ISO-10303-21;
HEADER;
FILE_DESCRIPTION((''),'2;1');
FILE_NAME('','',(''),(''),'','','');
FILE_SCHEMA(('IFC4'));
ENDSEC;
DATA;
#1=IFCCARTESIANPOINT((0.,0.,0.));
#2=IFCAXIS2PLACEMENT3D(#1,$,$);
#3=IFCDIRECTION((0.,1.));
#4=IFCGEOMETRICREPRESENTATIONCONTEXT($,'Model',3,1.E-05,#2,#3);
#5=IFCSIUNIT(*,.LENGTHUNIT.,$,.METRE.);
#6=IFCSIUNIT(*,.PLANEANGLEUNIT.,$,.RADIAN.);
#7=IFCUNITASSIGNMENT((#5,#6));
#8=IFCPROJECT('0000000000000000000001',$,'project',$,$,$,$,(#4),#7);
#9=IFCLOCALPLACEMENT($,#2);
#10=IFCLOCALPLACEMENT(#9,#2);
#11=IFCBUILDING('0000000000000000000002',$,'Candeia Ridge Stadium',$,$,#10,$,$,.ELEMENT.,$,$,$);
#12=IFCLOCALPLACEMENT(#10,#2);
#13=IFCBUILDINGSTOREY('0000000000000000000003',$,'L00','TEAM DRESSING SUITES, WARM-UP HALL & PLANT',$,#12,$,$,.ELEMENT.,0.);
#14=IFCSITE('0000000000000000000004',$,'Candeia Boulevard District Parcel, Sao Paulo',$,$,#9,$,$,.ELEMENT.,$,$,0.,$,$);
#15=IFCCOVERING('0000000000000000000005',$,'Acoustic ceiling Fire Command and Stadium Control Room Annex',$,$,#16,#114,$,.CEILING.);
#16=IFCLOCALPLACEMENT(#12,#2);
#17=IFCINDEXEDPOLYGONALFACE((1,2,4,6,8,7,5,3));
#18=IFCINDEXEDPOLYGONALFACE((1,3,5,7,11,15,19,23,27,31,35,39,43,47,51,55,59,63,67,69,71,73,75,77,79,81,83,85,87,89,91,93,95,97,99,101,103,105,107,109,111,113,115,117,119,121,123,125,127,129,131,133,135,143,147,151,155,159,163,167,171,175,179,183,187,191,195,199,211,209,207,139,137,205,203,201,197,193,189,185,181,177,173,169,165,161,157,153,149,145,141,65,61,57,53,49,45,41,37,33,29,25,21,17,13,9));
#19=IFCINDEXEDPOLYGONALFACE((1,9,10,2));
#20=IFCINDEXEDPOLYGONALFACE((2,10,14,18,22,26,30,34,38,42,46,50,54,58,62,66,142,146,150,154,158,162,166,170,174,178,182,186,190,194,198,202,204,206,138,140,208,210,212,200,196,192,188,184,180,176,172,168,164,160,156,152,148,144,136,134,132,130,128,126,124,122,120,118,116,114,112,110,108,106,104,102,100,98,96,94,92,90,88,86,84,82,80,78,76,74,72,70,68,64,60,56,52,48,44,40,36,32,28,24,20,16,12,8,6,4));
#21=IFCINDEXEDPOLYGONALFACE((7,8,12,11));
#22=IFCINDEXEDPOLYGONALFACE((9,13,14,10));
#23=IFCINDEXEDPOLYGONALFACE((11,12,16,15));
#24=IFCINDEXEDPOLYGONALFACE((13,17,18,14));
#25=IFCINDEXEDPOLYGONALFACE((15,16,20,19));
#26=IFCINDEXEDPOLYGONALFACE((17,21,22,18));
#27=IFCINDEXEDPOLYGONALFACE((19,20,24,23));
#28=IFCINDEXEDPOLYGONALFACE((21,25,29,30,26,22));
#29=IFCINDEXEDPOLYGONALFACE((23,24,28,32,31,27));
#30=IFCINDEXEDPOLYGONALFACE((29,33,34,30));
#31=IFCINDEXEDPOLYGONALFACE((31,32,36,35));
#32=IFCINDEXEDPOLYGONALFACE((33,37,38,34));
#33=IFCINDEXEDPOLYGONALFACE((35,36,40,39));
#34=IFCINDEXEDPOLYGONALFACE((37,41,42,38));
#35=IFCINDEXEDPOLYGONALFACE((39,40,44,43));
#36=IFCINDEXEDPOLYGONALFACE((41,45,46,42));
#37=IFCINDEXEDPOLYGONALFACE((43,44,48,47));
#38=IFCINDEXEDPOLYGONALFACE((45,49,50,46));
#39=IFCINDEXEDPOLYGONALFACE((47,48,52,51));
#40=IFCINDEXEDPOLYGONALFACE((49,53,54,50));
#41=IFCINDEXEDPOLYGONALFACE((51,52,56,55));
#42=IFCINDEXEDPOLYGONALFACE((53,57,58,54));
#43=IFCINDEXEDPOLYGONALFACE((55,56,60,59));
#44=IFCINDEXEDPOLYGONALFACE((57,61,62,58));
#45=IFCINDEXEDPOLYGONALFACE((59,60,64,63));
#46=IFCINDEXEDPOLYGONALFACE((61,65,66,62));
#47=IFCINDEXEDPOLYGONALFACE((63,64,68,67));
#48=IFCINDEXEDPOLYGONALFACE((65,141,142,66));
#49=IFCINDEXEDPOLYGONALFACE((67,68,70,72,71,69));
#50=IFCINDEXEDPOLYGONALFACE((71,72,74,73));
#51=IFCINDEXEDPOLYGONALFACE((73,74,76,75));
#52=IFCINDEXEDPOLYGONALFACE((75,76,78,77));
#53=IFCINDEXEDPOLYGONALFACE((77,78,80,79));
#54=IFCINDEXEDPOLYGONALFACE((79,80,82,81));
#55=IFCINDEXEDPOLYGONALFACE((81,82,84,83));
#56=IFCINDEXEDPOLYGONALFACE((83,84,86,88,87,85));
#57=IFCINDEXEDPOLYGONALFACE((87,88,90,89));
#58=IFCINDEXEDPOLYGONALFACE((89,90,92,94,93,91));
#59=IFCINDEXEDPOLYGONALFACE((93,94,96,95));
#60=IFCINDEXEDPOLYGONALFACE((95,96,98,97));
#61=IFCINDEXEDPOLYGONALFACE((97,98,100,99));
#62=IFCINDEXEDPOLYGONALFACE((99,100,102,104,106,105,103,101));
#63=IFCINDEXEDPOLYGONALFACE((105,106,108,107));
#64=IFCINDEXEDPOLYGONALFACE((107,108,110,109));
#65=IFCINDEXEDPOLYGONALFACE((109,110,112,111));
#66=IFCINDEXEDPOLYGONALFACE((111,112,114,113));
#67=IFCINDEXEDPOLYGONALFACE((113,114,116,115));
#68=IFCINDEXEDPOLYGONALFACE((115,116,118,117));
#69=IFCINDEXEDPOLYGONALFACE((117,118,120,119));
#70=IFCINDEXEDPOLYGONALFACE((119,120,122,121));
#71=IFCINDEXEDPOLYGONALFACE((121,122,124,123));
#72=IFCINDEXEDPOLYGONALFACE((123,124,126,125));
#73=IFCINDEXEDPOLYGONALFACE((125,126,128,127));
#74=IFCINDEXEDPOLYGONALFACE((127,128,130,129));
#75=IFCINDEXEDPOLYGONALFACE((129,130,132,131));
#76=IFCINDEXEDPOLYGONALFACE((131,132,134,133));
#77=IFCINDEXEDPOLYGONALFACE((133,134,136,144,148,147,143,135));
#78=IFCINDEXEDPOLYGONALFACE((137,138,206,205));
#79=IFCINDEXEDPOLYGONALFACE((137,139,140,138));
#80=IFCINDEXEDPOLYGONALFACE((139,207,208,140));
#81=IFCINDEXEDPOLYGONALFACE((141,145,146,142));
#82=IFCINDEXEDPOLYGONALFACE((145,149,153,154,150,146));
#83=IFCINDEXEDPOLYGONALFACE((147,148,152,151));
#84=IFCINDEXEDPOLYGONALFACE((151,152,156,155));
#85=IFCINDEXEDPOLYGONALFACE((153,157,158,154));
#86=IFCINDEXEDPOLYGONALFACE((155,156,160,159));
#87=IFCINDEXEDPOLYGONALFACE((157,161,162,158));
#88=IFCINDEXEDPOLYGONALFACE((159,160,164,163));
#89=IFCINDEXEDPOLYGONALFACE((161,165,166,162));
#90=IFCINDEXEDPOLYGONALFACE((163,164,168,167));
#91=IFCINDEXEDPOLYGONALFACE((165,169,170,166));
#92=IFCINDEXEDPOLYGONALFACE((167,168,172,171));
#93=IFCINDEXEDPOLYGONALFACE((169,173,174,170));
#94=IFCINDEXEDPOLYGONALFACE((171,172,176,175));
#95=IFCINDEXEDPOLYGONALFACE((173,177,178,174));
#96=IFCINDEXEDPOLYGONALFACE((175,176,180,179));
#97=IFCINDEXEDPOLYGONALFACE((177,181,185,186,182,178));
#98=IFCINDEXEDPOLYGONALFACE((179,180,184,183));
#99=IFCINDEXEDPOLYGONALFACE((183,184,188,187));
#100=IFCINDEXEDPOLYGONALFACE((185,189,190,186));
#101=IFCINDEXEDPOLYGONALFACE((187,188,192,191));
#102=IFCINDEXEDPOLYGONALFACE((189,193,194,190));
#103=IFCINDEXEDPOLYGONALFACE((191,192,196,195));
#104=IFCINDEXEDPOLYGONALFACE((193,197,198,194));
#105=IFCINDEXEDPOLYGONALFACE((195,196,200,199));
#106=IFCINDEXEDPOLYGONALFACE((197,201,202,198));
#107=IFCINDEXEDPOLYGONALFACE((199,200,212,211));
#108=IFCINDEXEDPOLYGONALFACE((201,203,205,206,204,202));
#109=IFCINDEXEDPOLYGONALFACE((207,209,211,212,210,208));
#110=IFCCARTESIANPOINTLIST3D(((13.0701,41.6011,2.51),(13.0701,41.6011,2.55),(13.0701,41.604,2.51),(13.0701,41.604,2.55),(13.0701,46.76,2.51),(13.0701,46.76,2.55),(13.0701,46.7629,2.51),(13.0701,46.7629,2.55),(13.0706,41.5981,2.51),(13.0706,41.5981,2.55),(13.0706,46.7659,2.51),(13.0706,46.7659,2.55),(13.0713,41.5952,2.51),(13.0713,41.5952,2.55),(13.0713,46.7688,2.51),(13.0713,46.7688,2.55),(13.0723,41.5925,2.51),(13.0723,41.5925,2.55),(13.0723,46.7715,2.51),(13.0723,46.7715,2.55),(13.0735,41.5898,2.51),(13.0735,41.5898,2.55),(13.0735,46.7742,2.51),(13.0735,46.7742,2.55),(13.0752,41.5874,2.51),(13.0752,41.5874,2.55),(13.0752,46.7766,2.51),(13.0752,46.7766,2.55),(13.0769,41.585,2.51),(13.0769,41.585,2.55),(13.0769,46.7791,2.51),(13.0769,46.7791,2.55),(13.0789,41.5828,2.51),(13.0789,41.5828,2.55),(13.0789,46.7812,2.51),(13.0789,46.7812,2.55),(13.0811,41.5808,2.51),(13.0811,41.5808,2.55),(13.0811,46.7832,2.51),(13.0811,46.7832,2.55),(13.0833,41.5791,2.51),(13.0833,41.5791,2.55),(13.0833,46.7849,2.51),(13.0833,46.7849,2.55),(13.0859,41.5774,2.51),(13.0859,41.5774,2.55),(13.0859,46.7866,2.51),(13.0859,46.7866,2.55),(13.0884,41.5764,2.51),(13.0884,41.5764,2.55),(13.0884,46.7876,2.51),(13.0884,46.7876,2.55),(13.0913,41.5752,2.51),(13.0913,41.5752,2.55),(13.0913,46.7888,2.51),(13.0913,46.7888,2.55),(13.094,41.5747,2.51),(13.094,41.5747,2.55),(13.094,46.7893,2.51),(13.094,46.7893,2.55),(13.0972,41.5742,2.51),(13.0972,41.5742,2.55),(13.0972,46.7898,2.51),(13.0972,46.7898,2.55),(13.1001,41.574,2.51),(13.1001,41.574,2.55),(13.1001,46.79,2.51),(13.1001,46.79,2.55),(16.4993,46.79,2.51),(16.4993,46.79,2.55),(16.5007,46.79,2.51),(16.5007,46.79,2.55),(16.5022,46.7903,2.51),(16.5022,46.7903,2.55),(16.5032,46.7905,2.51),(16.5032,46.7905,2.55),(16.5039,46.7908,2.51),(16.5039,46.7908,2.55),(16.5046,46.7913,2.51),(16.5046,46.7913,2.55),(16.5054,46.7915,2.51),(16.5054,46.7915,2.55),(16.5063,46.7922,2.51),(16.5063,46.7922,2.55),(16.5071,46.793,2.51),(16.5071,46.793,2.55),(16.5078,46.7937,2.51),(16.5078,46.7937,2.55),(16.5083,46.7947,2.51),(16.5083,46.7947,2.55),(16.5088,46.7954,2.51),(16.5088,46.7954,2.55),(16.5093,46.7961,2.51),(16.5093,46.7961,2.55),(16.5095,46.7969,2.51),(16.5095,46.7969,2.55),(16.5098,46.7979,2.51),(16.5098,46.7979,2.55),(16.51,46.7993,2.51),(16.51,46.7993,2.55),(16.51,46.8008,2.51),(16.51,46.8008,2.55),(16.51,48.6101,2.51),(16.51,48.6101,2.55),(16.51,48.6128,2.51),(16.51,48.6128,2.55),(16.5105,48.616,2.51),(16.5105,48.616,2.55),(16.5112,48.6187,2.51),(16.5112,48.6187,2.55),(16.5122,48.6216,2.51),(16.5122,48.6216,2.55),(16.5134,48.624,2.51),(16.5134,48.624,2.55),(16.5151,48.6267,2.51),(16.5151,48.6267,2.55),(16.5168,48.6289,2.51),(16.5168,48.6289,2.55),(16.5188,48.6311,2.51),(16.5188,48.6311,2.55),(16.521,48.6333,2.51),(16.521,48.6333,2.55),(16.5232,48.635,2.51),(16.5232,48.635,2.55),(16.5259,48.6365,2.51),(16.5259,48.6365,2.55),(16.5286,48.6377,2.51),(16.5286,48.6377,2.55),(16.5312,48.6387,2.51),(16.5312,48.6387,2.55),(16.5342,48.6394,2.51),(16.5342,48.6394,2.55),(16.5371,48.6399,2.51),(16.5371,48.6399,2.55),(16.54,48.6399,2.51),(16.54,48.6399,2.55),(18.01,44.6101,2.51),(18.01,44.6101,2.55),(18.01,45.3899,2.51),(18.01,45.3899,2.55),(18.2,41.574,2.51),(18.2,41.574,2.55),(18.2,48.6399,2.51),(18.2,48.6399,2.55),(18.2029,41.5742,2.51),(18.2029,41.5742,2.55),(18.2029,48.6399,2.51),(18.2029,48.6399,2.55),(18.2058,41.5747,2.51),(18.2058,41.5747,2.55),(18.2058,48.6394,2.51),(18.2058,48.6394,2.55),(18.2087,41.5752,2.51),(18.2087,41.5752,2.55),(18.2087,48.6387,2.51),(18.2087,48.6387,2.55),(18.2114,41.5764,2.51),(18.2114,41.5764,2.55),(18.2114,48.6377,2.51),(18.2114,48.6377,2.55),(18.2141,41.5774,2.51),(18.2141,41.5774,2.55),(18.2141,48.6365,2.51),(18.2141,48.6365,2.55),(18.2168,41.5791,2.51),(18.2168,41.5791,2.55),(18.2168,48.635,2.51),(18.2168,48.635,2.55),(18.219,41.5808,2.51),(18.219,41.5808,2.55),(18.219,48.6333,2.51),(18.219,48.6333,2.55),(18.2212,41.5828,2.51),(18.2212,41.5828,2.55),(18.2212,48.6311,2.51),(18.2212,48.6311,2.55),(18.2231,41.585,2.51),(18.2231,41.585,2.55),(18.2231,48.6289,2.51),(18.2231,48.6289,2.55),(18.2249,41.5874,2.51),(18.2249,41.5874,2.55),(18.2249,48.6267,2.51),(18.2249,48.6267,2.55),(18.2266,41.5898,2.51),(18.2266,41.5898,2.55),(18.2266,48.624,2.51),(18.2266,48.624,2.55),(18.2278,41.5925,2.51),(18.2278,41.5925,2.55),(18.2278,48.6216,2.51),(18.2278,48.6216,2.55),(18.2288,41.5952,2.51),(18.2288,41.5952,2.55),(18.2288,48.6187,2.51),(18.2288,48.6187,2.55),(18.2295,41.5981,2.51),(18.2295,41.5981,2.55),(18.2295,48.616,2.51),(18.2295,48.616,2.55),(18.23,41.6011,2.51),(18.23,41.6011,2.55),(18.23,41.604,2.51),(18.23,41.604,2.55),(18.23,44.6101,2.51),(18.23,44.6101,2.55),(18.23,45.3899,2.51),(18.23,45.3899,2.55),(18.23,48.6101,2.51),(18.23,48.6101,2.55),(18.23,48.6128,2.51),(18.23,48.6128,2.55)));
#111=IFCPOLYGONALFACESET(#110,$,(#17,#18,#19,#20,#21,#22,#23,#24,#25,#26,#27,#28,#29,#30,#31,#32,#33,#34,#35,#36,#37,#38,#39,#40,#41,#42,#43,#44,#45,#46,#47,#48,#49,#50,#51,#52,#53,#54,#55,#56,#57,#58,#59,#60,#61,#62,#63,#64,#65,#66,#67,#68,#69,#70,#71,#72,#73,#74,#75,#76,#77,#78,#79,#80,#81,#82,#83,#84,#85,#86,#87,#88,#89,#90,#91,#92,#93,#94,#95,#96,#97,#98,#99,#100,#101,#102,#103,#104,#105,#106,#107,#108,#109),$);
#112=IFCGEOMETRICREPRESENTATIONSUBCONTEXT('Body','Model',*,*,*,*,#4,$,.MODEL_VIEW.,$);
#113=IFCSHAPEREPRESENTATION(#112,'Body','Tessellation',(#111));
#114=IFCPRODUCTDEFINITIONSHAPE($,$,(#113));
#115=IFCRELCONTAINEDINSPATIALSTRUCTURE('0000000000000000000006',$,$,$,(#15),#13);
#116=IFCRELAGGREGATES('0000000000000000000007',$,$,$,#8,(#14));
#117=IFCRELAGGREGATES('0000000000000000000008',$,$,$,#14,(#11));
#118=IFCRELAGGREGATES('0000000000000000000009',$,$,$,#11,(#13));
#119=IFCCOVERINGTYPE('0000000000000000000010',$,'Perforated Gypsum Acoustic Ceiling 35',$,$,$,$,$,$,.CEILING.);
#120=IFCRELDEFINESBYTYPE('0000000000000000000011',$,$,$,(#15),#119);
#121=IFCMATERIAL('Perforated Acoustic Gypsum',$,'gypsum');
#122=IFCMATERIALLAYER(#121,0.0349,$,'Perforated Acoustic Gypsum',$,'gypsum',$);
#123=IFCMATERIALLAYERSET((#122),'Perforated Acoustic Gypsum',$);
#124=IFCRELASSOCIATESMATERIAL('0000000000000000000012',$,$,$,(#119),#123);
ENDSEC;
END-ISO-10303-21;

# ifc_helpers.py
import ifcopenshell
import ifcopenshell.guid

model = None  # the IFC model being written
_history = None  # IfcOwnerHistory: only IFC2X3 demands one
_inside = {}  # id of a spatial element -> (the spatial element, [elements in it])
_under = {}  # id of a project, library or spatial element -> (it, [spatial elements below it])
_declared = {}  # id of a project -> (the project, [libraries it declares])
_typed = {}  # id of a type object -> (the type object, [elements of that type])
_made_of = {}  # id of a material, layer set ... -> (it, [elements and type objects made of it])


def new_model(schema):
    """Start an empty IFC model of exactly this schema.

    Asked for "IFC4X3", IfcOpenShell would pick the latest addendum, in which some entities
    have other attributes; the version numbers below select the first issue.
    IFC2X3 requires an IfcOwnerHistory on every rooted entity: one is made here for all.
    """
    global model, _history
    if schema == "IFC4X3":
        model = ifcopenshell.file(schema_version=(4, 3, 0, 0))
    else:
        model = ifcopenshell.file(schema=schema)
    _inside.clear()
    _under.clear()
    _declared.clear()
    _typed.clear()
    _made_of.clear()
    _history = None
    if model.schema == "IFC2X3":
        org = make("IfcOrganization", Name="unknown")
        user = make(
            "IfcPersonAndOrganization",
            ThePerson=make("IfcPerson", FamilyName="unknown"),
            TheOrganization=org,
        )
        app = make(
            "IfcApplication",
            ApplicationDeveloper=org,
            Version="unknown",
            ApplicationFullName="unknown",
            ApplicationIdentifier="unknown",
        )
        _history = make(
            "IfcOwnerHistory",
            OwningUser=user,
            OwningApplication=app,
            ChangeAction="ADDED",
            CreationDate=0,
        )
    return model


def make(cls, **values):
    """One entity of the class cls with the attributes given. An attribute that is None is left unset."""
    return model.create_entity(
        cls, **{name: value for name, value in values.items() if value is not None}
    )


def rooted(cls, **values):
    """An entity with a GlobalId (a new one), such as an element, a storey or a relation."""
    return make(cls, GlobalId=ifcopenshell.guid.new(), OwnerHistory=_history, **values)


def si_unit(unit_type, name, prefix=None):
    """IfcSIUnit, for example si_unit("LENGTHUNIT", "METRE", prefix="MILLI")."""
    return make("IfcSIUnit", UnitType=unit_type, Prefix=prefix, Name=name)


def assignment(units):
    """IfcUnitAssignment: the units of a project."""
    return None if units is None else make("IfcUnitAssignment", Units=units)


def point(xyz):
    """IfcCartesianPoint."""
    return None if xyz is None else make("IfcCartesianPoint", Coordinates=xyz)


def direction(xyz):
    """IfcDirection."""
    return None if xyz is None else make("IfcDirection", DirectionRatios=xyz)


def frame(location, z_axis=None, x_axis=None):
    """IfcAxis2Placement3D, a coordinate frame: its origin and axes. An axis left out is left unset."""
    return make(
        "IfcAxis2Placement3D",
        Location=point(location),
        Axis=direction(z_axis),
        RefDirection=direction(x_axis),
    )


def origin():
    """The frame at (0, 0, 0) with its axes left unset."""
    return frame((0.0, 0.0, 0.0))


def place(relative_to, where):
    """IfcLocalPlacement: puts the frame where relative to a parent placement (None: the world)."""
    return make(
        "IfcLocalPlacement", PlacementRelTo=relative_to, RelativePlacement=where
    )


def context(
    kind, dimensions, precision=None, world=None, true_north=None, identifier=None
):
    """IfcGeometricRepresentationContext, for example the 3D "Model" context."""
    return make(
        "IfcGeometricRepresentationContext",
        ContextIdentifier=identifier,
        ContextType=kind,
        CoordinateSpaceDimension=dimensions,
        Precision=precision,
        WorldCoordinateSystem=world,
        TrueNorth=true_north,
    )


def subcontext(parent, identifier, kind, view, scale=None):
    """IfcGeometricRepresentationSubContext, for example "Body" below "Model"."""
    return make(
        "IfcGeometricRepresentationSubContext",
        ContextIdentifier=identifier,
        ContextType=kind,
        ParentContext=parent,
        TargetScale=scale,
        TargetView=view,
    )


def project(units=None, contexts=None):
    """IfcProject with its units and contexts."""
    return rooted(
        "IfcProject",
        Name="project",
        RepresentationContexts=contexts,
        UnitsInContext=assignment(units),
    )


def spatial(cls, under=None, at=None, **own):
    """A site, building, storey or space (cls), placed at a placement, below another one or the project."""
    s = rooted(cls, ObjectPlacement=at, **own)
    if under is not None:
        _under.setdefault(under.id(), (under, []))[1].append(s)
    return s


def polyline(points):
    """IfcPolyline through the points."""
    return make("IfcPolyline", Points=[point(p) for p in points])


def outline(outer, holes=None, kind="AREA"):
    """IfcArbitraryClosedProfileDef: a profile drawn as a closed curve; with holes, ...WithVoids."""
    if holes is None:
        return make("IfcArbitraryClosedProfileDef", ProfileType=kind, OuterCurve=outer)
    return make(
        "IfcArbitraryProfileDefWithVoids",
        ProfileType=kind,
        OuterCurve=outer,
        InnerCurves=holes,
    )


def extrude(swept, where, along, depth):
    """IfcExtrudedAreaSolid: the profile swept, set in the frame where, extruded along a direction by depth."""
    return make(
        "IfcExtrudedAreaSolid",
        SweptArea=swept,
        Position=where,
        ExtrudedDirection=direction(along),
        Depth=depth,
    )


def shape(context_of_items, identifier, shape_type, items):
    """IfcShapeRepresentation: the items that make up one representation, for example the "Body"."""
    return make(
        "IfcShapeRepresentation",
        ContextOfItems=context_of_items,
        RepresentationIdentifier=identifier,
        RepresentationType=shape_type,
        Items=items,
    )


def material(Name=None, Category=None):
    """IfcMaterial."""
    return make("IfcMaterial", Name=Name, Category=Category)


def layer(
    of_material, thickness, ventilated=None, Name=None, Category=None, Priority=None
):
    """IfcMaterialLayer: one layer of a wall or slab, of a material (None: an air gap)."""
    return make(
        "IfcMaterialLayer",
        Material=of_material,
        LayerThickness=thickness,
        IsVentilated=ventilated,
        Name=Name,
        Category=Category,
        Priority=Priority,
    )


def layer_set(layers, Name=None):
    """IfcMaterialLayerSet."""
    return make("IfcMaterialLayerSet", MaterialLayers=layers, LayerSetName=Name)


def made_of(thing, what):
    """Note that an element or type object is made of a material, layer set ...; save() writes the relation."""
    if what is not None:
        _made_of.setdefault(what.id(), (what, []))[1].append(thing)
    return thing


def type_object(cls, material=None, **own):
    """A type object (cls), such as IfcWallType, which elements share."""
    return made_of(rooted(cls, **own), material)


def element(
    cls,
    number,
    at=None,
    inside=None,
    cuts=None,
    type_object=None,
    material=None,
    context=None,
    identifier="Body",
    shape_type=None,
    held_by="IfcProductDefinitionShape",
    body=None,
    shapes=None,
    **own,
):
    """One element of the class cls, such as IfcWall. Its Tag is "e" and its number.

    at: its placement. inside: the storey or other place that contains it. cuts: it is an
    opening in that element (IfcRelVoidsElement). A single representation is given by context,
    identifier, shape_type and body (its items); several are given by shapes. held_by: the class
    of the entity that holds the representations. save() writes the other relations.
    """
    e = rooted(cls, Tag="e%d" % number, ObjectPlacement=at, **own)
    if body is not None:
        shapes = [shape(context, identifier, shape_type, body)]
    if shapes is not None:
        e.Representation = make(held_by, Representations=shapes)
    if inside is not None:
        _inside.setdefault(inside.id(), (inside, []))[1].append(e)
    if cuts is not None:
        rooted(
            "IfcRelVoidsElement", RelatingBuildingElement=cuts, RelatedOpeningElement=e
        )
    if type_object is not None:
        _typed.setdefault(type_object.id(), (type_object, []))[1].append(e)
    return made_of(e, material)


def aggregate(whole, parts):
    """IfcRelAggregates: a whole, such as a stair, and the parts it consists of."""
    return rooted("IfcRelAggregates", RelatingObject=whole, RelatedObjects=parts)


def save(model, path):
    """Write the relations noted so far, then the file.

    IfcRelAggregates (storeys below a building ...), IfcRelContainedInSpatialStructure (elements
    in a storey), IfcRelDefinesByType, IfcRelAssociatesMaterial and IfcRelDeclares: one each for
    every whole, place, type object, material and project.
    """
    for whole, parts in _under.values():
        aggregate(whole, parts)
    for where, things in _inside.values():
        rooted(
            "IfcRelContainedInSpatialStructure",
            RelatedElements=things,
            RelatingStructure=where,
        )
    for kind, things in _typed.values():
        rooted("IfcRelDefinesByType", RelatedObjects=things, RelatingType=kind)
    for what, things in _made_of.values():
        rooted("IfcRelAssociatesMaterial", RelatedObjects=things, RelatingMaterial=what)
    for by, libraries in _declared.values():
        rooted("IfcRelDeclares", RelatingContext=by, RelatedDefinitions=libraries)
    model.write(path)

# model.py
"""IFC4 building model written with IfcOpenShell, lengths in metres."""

from ifc_helpers import new_model, si_unit, direction, frame, origin, place, context, subcontext, project, spatial, polyline, outline, extrude, material, layer, layer_set, type_object, element, save


model = new_model("IFC4")

# Units and contexts
model_context = context("Model", 3, precision=1e-05, world=origin(), true_north=direction((0.0, 1.0)))
body_context = subcontext(model_context, "Body", "Model", "MODEL_VIEW")
ifc_project = project(units=[si_unit("LENGTHUNIT", "METRE"), si_unit("PLANEANGLEUNIT", "RADIAN")], contexts=[model_context])

# Site, building, storey
site_placement = place(None, origin())
site = spatial("IfcSite", under=ifc_project, at=site_placement, Name="Candeia Boulevard District Parcel, Sao Paulo", CompositionType="ELEMENT", RefElevation=0.0)
building_placement = place(site_placement, origin())
building = spatial("IfcBuilding", under=site, at=building_placement, Name="Candeia Ridge Stadium", CompositionType="ELEMENT")
storey_placement = place(building_placement, origin())
storey = spatial("IfcBuildingStorey", under=building, at=storey_placement, Name="L00", Description="TEAM DRESSING SUITES, WARM-UP HALL & PLANT", CompositionType="ELEMENT", Elevation=0.0)

# Covering
ifc_material_1 = material(Name="Perforated Acoustic Gypsum", Category="gypsum")
ifc_layer_1 = layer(ifc_material_1, 0.0349, Name="Perforated Acoustic Gypsum", Category="gypsum")
ifc_layer_set_1 = layer_set([ifc_layer_1], Name="Perforated Acoustic Gypsum")
covering_type_1 = type_object("IfcCoveringType", Name="Perforated Gypsum Acoustic Ceiling 35", PredefinedType="CEILING", material=ifc_layer_set_1)
covering_1_placement = place(storey_placement, frame((0.0, 0.0, 2.51)))
element("IfcCovering", 1, at=covering_1_placement, inside=storey, type_object=covering_type_1, Name="Acoustic ceiling Fire Command and Stadium Control Room Annex", PredefinedType="CEILING", context=body_context, shape_type="SweptSolid", body=[
    extrude(outline(polyline([(18.2295, 41.5981), (18.2288, 41.5952), (18.2278, 41.5925), (18.2266, 41.5898), (18.2249, 41.5874), (18.2231, 41.585), (18.2212, 41.5828), (18.219, 41.5808), (18.2168, 41.5791), (18.2141, 41.5774), (18.2114, 41.5764), (18.2087, 41.5752), (18.2058, 41.5747), (18.2029, 41.5742), (18.2, 41.574), (13.1001, 41.574), (13.0972, 41.5742), (13.094, 41.5747), (13.0913, 41.5752), (13.0884, 41.5764), (13.0859, 41.5774), (13.0833, 41.5791), (13.0811, 41.5808), (13.0789, 41.5828), (13.0769, 41.585), (13.0752, 41.5874), (13.0735, 41.5898), (13.0723, 41.5925), (13.0713, 41.5952), (13.0706, 41.5981), (13.0701, 41.6011), (13.0701, 41.604), (13.0701, 46.76), (13.0701, 46.7629), (13.0706, 46.7659), (13.0713, 46.7688), (13.0723, 46.7715), (13.0735, 46.7742), (13.0752, 46.7766), (13.0769, 46.7791), (13.0789, 46.7812), (13.0811, 46.7832), (13.0833, 46.7849), (13.0859, 46.7866), (13.0884, 46.7876), (13.0913, 46.7888), (13.094, 46.7893), (13.0972, 46.7898), (13.1001, 46.79), (16.4993, 46.79), (16.5007, 46.79), (16.5022, 46.7903), (16.5032, 46.7905), (16.5039, 46.7908), (16.5046, 46.7913), (16.5054, 46.7915), (16.5063, 46.7922), (16.5071, 46.793), (16.5078, 46.7937), (16.5083, 46.7947), (16.5088, 46.7954), (16.5093, 46.7961), (16.5095, 46.7969), (16.5098, 46.7979), (16.51, 46.7993), (16.51, 46.8008), (16.51, 48.6101), (16.51, 48.6128), (16.5105, 48.616), (16.5112, 48.6187), (16.5122, 48.6216), (16.5134, 48.624), (16.5151, 48.6267), (16.5168, 48.6289), (16.5188, 48.6311), (16.521, 48.6333), (16.5232, 48.635), (16.5259, 48.6365), (16.5286, 48.6377), (16.5312, 48.6387), (16.5342, 48.6394), (16.5371, 48.6399), (16.54, 48.6399), (18.2, 48.6399), (18.2029, 48.6399), (18.2058, 48.6394), (18.2087, 48.6387), (18.2114, 48.6377), (18.2141, 48.6365), (18.2168, 48.635), (18.219, 48.6333), (18.2212, 48.6311), (18.2231, 48.6289), (18.2249, 48.6267), (18.2266, 48.624), (18.2278, 48.6216), (18.2288, 48.6187), (18.2295, 48.616), (18.23, 48.6128), (18.23, 48.6101), (18.23, 45.3899), (18.01, 45.3899), (18.01, 44.6101), (18.23, 44.6101), (18.23, 41.604), (18.23, 41.6011), (18.2295, 41.5981)])), origin(), (0.0, 0.0, 1.0), 0.04),
])

save(model, "model.ifc")
